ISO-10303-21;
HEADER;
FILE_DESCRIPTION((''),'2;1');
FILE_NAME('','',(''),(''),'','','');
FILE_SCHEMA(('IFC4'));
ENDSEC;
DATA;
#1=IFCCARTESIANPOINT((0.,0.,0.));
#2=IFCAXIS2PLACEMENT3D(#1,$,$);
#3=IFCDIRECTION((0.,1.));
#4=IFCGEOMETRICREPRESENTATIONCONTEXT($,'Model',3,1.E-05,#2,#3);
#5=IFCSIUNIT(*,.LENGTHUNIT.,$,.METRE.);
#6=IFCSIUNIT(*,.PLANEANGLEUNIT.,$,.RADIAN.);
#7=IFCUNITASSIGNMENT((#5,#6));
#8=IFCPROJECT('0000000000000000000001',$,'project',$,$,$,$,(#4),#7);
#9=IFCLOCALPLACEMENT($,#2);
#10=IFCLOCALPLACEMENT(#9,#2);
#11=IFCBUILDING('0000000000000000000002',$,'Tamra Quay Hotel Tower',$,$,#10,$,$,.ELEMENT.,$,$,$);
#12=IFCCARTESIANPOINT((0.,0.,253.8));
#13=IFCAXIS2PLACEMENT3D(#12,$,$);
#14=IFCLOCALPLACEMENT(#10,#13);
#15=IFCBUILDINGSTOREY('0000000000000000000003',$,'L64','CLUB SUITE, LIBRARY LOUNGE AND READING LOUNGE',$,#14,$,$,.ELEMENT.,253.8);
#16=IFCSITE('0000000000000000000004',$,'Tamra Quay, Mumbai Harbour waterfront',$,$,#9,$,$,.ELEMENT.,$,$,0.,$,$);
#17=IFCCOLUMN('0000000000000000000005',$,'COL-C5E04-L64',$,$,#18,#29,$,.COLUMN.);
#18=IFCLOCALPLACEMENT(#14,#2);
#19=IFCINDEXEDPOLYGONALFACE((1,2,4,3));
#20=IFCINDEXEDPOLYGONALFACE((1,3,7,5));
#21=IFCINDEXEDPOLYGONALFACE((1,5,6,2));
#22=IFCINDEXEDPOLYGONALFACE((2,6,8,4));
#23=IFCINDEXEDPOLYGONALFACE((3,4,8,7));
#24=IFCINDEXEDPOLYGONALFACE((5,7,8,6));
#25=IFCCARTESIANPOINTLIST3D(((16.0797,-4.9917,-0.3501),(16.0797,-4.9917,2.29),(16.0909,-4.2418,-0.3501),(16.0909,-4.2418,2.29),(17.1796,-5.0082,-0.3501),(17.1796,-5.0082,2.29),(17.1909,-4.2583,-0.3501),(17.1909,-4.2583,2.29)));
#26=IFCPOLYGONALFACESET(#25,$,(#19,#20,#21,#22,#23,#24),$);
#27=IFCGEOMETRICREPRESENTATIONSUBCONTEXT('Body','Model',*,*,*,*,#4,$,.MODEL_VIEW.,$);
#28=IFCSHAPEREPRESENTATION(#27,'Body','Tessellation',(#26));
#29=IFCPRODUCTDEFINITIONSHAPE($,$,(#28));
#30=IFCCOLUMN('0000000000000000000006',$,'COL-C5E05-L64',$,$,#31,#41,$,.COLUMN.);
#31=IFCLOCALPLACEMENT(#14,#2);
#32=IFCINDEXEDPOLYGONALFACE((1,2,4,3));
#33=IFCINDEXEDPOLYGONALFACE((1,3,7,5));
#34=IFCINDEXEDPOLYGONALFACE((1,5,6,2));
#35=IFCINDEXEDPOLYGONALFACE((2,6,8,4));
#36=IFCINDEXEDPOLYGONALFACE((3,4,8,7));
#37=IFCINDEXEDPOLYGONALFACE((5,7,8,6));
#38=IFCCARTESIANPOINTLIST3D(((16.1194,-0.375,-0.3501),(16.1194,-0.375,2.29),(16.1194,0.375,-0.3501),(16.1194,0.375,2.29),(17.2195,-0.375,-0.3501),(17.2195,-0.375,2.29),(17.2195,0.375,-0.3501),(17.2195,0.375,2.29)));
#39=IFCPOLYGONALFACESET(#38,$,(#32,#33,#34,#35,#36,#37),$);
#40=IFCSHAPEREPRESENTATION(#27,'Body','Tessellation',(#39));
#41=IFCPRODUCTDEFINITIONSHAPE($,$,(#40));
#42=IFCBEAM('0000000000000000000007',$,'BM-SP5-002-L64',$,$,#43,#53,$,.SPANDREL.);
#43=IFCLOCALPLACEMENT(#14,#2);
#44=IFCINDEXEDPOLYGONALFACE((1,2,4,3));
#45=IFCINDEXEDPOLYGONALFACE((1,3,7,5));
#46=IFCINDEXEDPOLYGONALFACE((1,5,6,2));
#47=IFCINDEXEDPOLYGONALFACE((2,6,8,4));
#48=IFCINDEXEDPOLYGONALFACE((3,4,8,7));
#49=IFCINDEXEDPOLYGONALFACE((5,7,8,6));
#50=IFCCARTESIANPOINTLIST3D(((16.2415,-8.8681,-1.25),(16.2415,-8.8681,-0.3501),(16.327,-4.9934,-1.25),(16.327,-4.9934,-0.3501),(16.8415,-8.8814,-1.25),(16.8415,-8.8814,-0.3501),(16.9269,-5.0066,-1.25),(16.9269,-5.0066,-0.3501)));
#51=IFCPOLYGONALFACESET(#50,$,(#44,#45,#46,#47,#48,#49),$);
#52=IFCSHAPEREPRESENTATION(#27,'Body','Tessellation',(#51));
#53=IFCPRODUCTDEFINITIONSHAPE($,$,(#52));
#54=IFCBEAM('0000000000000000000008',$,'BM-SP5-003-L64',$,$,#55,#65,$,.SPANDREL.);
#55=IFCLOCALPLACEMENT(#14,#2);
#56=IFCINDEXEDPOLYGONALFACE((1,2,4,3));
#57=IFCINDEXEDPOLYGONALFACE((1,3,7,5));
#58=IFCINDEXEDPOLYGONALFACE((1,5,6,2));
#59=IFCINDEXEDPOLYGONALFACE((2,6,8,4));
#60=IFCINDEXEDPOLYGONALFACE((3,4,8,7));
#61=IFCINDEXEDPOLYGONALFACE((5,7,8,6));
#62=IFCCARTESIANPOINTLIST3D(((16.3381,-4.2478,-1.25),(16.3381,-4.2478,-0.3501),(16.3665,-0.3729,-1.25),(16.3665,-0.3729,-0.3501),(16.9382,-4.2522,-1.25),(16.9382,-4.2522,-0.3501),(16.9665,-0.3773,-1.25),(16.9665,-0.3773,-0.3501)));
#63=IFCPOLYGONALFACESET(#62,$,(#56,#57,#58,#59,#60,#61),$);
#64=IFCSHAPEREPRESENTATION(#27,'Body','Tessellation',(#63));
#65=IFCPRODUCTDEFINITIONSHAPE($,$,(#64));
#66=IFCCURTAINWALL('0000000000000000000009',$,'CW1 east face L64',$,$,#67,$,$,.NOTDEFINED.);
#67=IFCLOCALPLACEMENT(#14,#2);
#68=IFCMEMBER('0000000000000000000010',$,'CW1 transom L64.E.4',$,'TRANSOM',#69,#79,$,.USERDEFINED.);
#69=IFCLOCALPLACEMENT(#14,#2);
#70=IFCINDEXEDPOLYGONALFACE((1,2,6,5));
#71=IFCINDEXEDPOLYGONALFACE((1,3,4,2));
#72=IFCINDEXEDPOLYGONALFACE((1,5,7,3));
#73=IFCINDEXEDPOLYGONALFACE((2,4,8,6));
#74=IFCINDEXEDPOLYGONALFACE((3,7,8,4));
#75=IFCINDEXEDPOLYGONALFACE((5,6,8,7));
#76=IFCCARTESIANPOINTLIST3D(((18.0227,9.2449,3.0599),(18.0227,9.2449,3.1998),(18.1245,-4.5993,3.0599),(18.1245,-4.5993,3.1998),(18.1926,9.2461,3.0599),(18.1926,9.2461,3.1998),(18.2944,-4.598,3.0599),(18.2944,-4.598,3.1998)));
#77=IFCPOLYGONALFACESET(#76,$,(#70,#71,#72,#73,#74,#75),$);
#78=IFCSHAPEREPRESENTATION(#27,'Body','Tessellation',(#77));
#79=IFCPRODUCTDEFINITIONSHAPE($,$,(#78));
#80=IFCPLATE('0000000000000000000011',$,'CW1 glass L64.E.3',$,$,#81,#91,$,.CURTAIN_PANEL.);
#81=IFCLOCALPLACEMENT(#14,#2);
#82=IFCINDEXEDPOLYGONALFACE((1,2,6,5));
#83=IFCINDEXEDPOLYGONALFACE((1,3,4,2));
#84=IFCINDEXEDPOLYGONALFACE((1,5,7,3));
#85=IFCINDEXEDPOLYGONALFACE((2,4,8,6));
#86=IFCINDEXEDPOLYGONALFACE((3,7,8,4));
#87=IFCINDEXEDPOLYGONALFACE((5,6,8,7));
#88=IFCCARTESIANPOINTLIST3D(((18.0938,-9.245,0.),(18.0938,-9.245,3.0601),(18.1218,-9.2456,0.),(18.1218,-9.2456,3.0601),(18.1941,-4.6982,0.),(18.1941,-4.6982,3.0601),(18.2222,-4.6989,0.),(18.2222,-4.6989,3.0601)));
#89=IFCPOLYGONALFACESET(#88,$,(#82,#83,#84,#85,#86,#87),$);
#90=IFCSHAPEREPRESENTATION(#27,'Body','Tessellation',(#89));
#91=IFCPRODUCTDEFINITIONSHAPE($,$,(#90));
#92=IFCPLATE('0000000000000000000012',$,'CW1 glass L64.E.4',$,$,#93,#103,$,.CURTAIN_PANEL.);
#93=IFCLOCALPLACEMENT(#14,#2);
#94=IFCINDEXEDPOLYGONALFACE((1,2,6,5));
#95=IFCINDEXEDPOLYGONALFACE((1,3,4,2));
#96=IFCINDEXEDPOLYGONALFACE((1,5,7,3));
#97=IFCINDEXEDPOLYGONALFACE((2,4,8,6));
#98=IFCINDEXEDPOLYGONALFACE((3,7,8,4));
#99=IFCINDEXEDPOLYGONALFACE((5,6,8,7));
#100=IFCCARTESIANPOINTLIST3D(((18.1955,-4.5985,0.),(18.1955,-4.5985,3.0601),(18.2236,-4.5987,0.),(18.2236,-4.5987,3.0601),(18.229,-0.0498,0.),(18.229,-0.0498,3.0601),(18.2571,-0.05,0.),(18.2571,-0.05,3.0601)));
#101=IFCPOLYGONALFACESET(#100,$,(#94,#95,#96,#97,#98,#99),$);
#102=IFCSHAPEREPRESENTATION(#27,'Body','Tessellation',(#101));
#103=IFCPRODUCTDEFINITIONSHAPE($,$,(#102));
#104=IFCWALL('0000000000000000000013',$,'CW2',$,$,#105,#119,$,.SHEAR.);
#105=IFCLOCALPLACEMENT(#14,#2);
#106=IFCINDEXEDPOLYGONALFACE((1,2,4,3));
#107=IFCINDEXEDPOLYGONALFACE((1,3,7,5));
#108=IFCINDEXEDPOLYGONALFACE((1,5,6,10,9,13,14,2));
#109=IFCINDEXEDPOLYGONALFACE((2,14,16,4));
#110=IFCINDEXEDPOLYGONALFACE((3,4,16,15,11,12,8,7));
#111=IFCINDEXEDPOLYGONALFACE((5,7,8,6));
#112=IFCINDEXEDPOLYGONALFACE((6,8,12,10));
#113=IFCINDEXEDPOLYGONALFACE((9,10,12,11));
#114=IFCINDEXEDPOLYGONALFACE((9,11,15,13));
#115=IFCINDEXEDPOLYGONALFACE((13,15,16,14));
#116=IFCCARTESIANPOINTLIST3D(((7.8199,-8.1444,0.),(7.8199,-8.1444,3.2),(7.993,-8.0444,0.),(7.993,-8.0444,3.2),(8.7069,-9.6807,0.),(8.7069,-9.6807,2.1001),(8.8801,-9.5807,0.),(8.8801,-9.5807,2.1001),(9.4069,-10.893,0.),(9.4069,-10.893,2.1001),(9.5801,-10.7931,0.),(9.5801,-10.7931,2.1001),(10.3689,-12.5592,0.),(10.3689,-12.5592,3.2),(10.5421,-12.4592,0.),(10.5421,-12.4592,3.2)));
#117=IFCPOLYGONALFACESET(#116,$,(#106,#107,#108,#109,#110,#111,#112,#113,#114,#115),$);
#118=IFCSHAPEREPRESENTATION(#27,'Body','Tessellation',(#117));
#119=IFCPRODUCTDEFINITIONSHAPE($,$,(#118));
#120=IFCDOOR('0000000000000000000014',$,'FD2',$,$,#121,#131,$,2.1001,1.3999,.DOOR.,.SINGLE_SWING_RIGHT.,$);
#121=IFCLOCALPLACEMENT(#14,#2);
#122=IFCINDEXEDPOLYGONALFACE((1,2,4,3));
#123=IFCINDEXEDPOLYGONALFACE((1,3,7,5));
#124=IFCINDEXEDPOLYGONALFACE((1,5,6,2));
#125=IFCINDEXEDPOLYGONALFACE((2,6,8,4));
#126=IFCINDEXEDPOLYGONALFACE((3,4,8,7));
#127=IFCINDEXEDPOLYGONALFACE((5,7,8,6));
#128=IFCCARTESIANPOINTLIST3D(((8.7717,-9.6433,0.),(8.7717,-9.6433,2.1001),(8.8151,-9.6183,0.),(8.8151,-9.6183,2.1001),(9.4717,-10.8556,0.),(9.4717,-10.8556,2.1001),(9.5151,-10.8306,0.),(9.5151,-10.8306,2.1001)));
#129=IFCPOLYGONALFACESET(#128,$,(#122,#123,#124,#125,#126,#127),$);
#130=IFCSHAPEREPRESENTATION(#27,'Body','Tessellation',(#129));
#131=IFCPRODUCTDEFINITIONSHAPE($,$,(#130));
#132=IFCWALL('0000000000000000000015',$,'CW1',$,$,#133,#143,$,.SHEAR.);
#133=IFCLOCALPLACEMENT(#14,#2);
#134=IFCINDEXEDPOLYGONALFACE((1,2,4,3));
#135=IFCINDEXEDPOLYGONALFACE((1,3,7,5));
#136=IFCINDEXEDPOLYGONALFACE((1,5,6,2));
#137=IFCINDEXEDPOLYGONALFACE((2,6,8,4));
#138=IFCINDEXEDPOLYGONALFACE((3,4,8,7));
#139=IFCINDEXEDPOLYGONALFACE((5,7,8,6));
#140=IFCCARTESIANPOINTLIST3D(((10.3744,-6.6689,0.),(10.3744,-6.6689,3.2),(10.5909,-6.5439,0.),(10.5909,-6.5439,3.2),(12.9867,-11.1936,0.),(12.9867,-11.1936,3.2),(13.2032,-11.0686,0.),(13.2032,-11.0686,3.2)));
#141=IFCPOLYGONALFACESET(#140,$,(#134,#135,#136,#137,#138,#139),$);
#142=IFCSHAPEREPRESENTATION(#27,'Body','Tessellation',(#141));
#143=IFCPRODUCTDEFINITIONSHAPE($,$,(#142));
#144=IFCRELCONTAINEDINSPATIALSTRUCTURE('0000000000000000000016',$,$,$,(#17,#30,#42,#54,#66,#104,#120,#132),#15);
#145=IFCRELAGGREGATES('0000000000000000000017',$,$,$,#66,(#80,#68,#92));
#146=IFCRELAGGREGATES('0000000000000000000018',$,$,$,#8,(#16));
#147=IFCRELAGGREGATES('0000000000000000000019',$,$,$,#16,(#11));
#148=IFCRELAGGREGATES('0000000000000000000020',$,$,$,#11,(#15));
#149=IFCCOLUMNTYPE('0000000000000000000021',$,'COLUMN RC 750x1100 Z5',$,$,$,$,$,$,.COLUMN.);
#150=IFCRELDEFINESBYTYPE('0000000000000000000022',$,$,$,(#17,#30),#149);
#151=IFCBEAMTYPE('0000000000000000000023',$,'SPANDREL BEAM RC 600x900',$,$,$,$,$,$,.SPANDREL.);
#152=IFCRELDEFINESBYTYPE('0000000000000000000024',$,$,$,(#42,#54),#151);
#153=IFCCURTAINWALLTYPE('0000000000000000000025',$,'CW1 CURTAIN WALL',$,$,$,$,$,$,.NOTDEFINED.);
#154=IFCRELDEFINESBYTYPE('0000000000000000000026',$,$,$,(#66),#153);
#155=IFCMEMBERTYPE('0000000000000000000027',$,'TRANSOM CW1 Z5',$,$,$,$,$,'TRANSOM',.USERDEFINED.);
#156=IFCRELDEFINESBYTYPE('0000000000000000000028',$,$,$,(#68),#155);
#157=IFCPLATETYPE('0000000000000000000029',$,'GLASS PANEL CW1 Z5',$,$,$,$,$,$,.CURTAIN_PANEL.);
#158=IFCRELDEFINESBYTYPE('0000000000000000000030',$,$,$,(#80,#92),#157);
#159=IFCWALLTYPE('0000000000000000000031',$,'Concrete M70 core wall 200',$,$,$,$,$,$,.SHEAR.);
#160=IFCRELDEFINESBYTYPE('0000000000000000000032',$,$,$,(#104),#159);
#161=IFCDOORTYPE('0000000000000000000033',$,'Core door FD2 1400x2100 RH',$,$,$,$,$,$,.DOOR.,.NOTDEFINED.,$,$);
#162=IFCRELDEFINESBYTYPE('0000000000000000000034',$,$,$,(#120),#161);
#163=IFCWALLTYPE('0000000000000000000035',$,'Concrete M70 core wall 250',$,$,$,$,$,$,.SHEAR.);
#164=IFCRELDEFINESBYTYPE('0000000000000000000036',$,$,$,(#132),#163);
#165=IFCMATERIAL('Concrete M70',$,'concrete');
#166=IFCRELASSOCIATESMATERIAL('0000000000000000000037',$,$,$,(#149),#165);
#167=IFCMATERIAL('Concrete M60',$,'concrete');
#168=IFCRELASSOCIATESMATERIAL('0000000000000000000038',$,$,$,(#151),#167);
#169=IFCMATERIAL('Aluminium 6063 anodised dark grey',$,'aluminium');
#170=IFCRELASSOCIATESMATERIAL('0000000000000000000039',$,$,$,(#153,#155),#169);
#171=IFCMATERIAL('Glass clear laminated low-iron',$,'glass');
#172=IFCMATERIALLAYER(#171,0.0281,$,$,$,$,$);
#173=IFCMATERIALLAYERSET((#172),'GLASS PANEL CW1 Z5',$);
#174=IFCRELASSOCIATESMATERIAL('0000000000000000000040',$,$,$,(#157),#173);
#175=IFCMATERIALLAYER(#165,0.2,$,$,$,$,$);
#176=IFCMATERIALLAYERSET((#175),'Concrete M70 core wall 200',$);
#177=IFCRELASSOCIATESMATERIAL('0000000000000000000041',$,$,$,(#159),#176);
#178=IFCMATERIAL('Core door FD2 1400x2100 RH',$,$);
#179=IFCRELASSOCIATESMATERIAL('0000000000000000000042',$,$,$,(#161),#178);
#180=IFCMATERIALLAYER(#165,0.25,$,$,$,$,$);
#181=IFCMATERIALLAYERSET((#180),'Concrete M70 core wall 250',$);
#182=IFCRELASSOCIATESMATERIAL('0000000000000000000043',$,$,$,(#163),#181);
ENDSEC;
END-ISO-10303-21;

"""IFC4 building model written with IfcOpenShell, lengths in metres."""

from ifc_helpers import new_model, si_unit, direction, frame, frame_2d, origin, origin_2d, place, context, subcontext, project, spatial, rectangle, extrude, material, layer, layer_set, material_profile, profile_set, type_object, element, fill, aggregate, save


model = new_model("IFC4")

# Units and contexts
model_context = context("Model", 3, precision=1e-05, world=origin(), true_north=direction((0.0, 1.0)))
body_context = subcontext(model_context, "Body", "Model", "MODEL_VIEW")
ifc_project = project(units=[si_unit("LENGTHUNIT", "METRE"), si_unit("PLANEANGLEUNIT", "RADIAN")], contexts=[model_context])

# Site, building, storey
site_placement = place(None, origin())
site = spatial("IfcSite", under=ifc_project, at=site_placement, Name="Tamra Quay, Mumbai Harbour waterfront", CompositionType="ELEMENT", RefElevation=0.0)
building_placement = place(site_placement, origin())
building = spatial("IfcBuilding", under=site, at=building_placement, Name="Tamra Quay Hotel Tower", CompositionType="ELEMENT")
storey_placement = place(building_placement, frame((0.0, 0.0, 253.8)))
storey = spatial("IfcBuildingStorey", under=building, at=storey_placement, Name="L64", Description="CLUB SUITE, LIBRARY LOUNGE AND READING LOUNGE", CompositionType="ELEMENT", Elevation=253.8)

# Columns
ifc_material_1 = material(Name="Concrete M70", Category="concrete")
ifc_material_profile_1 = material_profile(ifc_material_1, rectangle(XDim=1.1001, YDim=0.75, at=origin_2d()), Name="COLUMN RC 750x1100 Z5")
ifc_profile_set_1 = profile_set([ifc_material_profile_1], Name="Concrete M70")
column_type = type_object("IfcColumnType", Name="COLUMN RC 750x1100 Z5", PredefinedType="COLUMN", material=ifc_profile_set_1)
for number, where, z_axis, x_axis, name in (
    (1, (16.6353, -4.625, -0.3501), (0.0, 0.0, 1.0), (-0.999888, 0.014959, 0.0), "COL-C5E04-L64"),
    (2, (16.6694, 0.0, -0.3501), (0.0, 0.0, 1.0), (1.0, 0.0, 0.0), "COL-C5E05-L64"),
):
    element("IfcColumn", number, at=place(storey_placement, frame(where, z_axis=z_axis, x_axis=x_axis)), inside=storey, type_object=column_type, Name=name, PredefinedType="COLUMN", context=body_context, shape_type="SweptSolid", body=[
        extrude(rectangle(XDim=1.1001, YDim=0.75, at=origin_2d()), origin(), (0.0, 0.0, 1.0), 2.6401),
    ])

# Beams
ifc_material_2 = material(Name="Concrete M60", Category="concrete")
ifc_material_profile_2 = material_profile(ifc_material_2, rectangle(XDim=0.6001, YDim=0.8999, at=origin_2d()), Name="SPANDREL BEAM RC 600x900")
ifc_profile_set_2 = profile_set([ifc_material_profile_2], Name="Concrete M60")
beam_type = type_object("IfcBeamType", Name="SPANDREL BEAM RC 600x900", PredefinedType="SPANDREL", material=ifc_profile_set_2)
beam_1_placement = place(storey_placement, frame((16.5415, -8.8748, -0.8), z_axis=(0.022047, 0.999757, 0.0), x_axis=(-0.999757, 0.022047, 0.0)))
element("IfcBeam", 3, at=beam_1_placement, inside=storey, type_object=beam_type, Name="BM-SP5-002-L64", PredefinedType="SPANDREL", context=body_context, shape_type="SweptSolid", body=[
    extrude(rectangle(XDim=0.6001, YDim=0.8999, at=origin_2d()), origin(), (0.0, 0.0, 1.0), 3.8757),
])
beam_2_placement = place(storey_placement, frame((16.6382, -4.25, -0.8), z_axis=(0.007308, 0.999973, 0.0), x_axis=(-0.999973, 0.007308, 0.0)))
element("IfcBeam", 4, at=beam_2_placement, inside=storey, type_object=beam_type, Name="BM-SP5-003-L64", PredefinedType="SPANDREL", context=body_context, shape_type="SweptSolid", body=[
    extrude(rectangle(XDim=0.6001, YDim=0.8999, at=origin_2d()), origin(), (0.0, 0.0, 1.0), 3.875),
])

# Curtain wall, member, plates
ifc_material_3 = material(Name="Aluminium 6063 anodised dark grey", Category="aluminium")
curtain_wall_type = type_object("IfcCurtainWallType", Name="CW1 CURTAIN WALL", PredefinedType="NOTDEFINED", material=ifc_material_3)
curtain_wall_placement = place(storey_placement, origin())
curtain_wall = element("IfcCurtainWall", 5, at=curtain_wall_placement, inside=storey, type_object=curtain_wall_type, Name="CW1 east face L64", PredefinedType="NOTDEFINED")
ifc_material_profile_3 = material_profile(ifc_material_3, rectangle(XDim=0.1699, YDim=0.1399, at=origin_2d()), Name="TRANSOM 170X140")
ifc_profile_set_3 = profile_set([ifc_material_profile_3], Name="Aluminium 6063 anodised dark grey")
member_type = type_object("IfcMemberType", Name="TRANSOM CW1 Z5", ElementType="TRANSOM", PredefinedType="USERDEFINED", material=ifc_profile_set_3)
member_placement = place(storey_placement, frame((18.2095, -4.5986, 3.1299), z_axis=(-0.007354, 0.999973, 0.0), x_axis=(-0.999973, -0.007354, 0.0)))
member = element("IfcMember", 6, at=member_placement, type_object=member_type, Name="CW1 transom L64.E.4", ObjectType="TRANSOM", PredefinedType="USERDEFINED", context=body_context, shape_type="SweptSolid", body=[
    extrude(rectangle(XDim=0.1699, YDim=0.1399, at=origin_2d()), origin(), (0.0, 0.0, 1.0), 13.8445),
])
ifc_material_4 = material(Name="Glass clear laminated low-iron", Category="glass")
ifc_layer_1 = layer(ifc_material_4, 0.0281)
ifc_layer_set_1 = layer_set([ifc_layer_1], Name="GLASS PANEL CW1 Z5")
plate_type = type_object("IfcPlateType", Name="GLASS PANEL CW1 Z5", PredefinedType="CURTAIN_PANEL", material=ifc_layer_set_1)
plate_1_placement = place(storey_placement, frame((18.158, -6.9719, 0.0), z_axis=(0.0, 0.0, 1.0), x_axis=(0.022063, 0.999757, 0.0)))
plate_1 = element("IfcPlate", 7, at=plate_1_placement, type_object=plate_type, Name="CW1 glass L64.E.3", PredefinedType="CURTAIN_PANEL", context=body_context, shape_type="SweptSolid", body=[
    extrude(rectangle(XDim=4.5479, YDim=0.0281, at=origin_2d()), origin(), (0.0, 0.0, 1.0), 3.0601),
])
plate_2_placement = place(storey_placement, frame((18.2263, -2.3242, 0.0), z_axis=(0.0, 0.0, 1.0), x_axis=(0.007362, 0.999973, 0.0)))
plate_2 = element("IfcPlate", 8, at=plate_2_placement, type_object=plate_type, Name="CW1 glass L64.E.4", PredefinedType="CURTAIN_PANEL", context=body_context, shape_type="SweptSolid", body=[
    extrude(rectangle(XDim=4.5488, YDim=0.0281, at=origin_2d()), origin(), (0.0, 0.0, 1.0), 3.0601),
])
aggregate(curtain_wall, [plate_1, member, plate_2])

# Wall, opening, door
ifc_layer_2 = layer(ifc_material_1, 0.2)
ifc_layer_set_2 = layer_set([ifc_layer_2], Name="Concrete M70 core wall 200")
wall_type_1 = type_object("IfcWallType", Name="Concrete M70 core wall 200", PredefinedType="SHEAR", material=ifc_layer_set_2)
wall_1_placement = place(storey_placement, frame((7.9065, -8.0945, 0.0), z_axis=(0.0, 0.0, 1.0), x_axis=(0.500028, -0.866009, 0.0)))
wall_1 = element("IfcWall", 9, at=wall_1_placement, inside=storey, type_object=wall_type_1, Name="CW2", PredefinedType="SHEAR", context=body_context, shape_type="SweptSolid", body=[
    extrude(rectangle(XDim=5.0979, YDim=0.2, at=frame_2d((2.5488, 0.0))), origin(), (0.0, 0.0, 1.0), 3.2),
])
opening_1_placement = place(wall_1_placement, frame((1.7739, 0.0, 0.0)))
opening_1 = element("IfcOpeningElement", 10, at=opening_1_placement, cuts=wall_1, PredefinedType="OPENING", context=body_context, shape_type="SweptSolid", body=[
    extrude(rectangle(XDim=1.3999, YDim=2.1001, at=frame_2d((0.7, 1.05))), frame((0.0, 0.1099, 0.0), z_axis=(0.0, -1.0, 0.0), x_axis=(1.0, 0.0, 0.0)), (0.0, 0.0, 1.0), 0.22),
])
ifc_material_5 = material(Name="Core door FD2 1400x2100 RH")
door_type_1 = type_object("IfcDoorType", Name="Core door FD2 1400x2100 RH", OperationType="NOTDEFINED", PredefinedType="DOOR", material=ifc_material_5)
door_1_placement = place(opening_1_placement, origin())
door_1 = element("IfcDoor", 11, at=door_1_placement, inside=storey, type_object=door_type_1, Name="FD2", OperationType="SINGLE_SWING_RIGHT", OverallHeight=2.1001, OverallWidth=1.3999, PredefinedType="DOOR", context=body_context, shape_type="SweptSolid", body=[
    extrude(rectangle(XDim=1.3999, YDim=2.1001, at=frame_2d((0.7, 1.05))), frame((0.0, 0.0249, 0.0), z_axis=(0.0, -1.0, 0.0), x_axis=(1.0, 0.0, 0.0)), (0.0, 0.0, 1.0), 0.05),
])
fill(opening_1, door_1)

# Wall
ifc_layer_3 = layer(ifc_material_1, 0.25)
ifc_layer_set_3 = layer_set([ifc_layer_3], Name="Concrete M70 core wall 250")
wall_type_2 = type_object("IfcWallType", Name="Concrete M70 core wall 250", PredefinedType="SHEAR", material=ifc_layer_set_3)
wall_2_placement = place(storey_placement, frame((10.4827, -6.6064, 0.0), z_axis=(0.0, 0.0, 1.0), x_axis=(0.499999, -0.866026, 0.0)))
element("IfcWall", 12, at=wall_2_placement, inside=storey, type_object=wall_type_2, Name="CW1", PredefinedType="SHEAR", context=body_context, shape_type="SweptSolid", body=[
    extrude(rectangle(XDim=5.2246, YDim=0.25, at=frame_2d((2.6123, 0.0))), origin(), (0.0, 0.0, 1.0), 3.2),
])

save(model, "model.ifc")
